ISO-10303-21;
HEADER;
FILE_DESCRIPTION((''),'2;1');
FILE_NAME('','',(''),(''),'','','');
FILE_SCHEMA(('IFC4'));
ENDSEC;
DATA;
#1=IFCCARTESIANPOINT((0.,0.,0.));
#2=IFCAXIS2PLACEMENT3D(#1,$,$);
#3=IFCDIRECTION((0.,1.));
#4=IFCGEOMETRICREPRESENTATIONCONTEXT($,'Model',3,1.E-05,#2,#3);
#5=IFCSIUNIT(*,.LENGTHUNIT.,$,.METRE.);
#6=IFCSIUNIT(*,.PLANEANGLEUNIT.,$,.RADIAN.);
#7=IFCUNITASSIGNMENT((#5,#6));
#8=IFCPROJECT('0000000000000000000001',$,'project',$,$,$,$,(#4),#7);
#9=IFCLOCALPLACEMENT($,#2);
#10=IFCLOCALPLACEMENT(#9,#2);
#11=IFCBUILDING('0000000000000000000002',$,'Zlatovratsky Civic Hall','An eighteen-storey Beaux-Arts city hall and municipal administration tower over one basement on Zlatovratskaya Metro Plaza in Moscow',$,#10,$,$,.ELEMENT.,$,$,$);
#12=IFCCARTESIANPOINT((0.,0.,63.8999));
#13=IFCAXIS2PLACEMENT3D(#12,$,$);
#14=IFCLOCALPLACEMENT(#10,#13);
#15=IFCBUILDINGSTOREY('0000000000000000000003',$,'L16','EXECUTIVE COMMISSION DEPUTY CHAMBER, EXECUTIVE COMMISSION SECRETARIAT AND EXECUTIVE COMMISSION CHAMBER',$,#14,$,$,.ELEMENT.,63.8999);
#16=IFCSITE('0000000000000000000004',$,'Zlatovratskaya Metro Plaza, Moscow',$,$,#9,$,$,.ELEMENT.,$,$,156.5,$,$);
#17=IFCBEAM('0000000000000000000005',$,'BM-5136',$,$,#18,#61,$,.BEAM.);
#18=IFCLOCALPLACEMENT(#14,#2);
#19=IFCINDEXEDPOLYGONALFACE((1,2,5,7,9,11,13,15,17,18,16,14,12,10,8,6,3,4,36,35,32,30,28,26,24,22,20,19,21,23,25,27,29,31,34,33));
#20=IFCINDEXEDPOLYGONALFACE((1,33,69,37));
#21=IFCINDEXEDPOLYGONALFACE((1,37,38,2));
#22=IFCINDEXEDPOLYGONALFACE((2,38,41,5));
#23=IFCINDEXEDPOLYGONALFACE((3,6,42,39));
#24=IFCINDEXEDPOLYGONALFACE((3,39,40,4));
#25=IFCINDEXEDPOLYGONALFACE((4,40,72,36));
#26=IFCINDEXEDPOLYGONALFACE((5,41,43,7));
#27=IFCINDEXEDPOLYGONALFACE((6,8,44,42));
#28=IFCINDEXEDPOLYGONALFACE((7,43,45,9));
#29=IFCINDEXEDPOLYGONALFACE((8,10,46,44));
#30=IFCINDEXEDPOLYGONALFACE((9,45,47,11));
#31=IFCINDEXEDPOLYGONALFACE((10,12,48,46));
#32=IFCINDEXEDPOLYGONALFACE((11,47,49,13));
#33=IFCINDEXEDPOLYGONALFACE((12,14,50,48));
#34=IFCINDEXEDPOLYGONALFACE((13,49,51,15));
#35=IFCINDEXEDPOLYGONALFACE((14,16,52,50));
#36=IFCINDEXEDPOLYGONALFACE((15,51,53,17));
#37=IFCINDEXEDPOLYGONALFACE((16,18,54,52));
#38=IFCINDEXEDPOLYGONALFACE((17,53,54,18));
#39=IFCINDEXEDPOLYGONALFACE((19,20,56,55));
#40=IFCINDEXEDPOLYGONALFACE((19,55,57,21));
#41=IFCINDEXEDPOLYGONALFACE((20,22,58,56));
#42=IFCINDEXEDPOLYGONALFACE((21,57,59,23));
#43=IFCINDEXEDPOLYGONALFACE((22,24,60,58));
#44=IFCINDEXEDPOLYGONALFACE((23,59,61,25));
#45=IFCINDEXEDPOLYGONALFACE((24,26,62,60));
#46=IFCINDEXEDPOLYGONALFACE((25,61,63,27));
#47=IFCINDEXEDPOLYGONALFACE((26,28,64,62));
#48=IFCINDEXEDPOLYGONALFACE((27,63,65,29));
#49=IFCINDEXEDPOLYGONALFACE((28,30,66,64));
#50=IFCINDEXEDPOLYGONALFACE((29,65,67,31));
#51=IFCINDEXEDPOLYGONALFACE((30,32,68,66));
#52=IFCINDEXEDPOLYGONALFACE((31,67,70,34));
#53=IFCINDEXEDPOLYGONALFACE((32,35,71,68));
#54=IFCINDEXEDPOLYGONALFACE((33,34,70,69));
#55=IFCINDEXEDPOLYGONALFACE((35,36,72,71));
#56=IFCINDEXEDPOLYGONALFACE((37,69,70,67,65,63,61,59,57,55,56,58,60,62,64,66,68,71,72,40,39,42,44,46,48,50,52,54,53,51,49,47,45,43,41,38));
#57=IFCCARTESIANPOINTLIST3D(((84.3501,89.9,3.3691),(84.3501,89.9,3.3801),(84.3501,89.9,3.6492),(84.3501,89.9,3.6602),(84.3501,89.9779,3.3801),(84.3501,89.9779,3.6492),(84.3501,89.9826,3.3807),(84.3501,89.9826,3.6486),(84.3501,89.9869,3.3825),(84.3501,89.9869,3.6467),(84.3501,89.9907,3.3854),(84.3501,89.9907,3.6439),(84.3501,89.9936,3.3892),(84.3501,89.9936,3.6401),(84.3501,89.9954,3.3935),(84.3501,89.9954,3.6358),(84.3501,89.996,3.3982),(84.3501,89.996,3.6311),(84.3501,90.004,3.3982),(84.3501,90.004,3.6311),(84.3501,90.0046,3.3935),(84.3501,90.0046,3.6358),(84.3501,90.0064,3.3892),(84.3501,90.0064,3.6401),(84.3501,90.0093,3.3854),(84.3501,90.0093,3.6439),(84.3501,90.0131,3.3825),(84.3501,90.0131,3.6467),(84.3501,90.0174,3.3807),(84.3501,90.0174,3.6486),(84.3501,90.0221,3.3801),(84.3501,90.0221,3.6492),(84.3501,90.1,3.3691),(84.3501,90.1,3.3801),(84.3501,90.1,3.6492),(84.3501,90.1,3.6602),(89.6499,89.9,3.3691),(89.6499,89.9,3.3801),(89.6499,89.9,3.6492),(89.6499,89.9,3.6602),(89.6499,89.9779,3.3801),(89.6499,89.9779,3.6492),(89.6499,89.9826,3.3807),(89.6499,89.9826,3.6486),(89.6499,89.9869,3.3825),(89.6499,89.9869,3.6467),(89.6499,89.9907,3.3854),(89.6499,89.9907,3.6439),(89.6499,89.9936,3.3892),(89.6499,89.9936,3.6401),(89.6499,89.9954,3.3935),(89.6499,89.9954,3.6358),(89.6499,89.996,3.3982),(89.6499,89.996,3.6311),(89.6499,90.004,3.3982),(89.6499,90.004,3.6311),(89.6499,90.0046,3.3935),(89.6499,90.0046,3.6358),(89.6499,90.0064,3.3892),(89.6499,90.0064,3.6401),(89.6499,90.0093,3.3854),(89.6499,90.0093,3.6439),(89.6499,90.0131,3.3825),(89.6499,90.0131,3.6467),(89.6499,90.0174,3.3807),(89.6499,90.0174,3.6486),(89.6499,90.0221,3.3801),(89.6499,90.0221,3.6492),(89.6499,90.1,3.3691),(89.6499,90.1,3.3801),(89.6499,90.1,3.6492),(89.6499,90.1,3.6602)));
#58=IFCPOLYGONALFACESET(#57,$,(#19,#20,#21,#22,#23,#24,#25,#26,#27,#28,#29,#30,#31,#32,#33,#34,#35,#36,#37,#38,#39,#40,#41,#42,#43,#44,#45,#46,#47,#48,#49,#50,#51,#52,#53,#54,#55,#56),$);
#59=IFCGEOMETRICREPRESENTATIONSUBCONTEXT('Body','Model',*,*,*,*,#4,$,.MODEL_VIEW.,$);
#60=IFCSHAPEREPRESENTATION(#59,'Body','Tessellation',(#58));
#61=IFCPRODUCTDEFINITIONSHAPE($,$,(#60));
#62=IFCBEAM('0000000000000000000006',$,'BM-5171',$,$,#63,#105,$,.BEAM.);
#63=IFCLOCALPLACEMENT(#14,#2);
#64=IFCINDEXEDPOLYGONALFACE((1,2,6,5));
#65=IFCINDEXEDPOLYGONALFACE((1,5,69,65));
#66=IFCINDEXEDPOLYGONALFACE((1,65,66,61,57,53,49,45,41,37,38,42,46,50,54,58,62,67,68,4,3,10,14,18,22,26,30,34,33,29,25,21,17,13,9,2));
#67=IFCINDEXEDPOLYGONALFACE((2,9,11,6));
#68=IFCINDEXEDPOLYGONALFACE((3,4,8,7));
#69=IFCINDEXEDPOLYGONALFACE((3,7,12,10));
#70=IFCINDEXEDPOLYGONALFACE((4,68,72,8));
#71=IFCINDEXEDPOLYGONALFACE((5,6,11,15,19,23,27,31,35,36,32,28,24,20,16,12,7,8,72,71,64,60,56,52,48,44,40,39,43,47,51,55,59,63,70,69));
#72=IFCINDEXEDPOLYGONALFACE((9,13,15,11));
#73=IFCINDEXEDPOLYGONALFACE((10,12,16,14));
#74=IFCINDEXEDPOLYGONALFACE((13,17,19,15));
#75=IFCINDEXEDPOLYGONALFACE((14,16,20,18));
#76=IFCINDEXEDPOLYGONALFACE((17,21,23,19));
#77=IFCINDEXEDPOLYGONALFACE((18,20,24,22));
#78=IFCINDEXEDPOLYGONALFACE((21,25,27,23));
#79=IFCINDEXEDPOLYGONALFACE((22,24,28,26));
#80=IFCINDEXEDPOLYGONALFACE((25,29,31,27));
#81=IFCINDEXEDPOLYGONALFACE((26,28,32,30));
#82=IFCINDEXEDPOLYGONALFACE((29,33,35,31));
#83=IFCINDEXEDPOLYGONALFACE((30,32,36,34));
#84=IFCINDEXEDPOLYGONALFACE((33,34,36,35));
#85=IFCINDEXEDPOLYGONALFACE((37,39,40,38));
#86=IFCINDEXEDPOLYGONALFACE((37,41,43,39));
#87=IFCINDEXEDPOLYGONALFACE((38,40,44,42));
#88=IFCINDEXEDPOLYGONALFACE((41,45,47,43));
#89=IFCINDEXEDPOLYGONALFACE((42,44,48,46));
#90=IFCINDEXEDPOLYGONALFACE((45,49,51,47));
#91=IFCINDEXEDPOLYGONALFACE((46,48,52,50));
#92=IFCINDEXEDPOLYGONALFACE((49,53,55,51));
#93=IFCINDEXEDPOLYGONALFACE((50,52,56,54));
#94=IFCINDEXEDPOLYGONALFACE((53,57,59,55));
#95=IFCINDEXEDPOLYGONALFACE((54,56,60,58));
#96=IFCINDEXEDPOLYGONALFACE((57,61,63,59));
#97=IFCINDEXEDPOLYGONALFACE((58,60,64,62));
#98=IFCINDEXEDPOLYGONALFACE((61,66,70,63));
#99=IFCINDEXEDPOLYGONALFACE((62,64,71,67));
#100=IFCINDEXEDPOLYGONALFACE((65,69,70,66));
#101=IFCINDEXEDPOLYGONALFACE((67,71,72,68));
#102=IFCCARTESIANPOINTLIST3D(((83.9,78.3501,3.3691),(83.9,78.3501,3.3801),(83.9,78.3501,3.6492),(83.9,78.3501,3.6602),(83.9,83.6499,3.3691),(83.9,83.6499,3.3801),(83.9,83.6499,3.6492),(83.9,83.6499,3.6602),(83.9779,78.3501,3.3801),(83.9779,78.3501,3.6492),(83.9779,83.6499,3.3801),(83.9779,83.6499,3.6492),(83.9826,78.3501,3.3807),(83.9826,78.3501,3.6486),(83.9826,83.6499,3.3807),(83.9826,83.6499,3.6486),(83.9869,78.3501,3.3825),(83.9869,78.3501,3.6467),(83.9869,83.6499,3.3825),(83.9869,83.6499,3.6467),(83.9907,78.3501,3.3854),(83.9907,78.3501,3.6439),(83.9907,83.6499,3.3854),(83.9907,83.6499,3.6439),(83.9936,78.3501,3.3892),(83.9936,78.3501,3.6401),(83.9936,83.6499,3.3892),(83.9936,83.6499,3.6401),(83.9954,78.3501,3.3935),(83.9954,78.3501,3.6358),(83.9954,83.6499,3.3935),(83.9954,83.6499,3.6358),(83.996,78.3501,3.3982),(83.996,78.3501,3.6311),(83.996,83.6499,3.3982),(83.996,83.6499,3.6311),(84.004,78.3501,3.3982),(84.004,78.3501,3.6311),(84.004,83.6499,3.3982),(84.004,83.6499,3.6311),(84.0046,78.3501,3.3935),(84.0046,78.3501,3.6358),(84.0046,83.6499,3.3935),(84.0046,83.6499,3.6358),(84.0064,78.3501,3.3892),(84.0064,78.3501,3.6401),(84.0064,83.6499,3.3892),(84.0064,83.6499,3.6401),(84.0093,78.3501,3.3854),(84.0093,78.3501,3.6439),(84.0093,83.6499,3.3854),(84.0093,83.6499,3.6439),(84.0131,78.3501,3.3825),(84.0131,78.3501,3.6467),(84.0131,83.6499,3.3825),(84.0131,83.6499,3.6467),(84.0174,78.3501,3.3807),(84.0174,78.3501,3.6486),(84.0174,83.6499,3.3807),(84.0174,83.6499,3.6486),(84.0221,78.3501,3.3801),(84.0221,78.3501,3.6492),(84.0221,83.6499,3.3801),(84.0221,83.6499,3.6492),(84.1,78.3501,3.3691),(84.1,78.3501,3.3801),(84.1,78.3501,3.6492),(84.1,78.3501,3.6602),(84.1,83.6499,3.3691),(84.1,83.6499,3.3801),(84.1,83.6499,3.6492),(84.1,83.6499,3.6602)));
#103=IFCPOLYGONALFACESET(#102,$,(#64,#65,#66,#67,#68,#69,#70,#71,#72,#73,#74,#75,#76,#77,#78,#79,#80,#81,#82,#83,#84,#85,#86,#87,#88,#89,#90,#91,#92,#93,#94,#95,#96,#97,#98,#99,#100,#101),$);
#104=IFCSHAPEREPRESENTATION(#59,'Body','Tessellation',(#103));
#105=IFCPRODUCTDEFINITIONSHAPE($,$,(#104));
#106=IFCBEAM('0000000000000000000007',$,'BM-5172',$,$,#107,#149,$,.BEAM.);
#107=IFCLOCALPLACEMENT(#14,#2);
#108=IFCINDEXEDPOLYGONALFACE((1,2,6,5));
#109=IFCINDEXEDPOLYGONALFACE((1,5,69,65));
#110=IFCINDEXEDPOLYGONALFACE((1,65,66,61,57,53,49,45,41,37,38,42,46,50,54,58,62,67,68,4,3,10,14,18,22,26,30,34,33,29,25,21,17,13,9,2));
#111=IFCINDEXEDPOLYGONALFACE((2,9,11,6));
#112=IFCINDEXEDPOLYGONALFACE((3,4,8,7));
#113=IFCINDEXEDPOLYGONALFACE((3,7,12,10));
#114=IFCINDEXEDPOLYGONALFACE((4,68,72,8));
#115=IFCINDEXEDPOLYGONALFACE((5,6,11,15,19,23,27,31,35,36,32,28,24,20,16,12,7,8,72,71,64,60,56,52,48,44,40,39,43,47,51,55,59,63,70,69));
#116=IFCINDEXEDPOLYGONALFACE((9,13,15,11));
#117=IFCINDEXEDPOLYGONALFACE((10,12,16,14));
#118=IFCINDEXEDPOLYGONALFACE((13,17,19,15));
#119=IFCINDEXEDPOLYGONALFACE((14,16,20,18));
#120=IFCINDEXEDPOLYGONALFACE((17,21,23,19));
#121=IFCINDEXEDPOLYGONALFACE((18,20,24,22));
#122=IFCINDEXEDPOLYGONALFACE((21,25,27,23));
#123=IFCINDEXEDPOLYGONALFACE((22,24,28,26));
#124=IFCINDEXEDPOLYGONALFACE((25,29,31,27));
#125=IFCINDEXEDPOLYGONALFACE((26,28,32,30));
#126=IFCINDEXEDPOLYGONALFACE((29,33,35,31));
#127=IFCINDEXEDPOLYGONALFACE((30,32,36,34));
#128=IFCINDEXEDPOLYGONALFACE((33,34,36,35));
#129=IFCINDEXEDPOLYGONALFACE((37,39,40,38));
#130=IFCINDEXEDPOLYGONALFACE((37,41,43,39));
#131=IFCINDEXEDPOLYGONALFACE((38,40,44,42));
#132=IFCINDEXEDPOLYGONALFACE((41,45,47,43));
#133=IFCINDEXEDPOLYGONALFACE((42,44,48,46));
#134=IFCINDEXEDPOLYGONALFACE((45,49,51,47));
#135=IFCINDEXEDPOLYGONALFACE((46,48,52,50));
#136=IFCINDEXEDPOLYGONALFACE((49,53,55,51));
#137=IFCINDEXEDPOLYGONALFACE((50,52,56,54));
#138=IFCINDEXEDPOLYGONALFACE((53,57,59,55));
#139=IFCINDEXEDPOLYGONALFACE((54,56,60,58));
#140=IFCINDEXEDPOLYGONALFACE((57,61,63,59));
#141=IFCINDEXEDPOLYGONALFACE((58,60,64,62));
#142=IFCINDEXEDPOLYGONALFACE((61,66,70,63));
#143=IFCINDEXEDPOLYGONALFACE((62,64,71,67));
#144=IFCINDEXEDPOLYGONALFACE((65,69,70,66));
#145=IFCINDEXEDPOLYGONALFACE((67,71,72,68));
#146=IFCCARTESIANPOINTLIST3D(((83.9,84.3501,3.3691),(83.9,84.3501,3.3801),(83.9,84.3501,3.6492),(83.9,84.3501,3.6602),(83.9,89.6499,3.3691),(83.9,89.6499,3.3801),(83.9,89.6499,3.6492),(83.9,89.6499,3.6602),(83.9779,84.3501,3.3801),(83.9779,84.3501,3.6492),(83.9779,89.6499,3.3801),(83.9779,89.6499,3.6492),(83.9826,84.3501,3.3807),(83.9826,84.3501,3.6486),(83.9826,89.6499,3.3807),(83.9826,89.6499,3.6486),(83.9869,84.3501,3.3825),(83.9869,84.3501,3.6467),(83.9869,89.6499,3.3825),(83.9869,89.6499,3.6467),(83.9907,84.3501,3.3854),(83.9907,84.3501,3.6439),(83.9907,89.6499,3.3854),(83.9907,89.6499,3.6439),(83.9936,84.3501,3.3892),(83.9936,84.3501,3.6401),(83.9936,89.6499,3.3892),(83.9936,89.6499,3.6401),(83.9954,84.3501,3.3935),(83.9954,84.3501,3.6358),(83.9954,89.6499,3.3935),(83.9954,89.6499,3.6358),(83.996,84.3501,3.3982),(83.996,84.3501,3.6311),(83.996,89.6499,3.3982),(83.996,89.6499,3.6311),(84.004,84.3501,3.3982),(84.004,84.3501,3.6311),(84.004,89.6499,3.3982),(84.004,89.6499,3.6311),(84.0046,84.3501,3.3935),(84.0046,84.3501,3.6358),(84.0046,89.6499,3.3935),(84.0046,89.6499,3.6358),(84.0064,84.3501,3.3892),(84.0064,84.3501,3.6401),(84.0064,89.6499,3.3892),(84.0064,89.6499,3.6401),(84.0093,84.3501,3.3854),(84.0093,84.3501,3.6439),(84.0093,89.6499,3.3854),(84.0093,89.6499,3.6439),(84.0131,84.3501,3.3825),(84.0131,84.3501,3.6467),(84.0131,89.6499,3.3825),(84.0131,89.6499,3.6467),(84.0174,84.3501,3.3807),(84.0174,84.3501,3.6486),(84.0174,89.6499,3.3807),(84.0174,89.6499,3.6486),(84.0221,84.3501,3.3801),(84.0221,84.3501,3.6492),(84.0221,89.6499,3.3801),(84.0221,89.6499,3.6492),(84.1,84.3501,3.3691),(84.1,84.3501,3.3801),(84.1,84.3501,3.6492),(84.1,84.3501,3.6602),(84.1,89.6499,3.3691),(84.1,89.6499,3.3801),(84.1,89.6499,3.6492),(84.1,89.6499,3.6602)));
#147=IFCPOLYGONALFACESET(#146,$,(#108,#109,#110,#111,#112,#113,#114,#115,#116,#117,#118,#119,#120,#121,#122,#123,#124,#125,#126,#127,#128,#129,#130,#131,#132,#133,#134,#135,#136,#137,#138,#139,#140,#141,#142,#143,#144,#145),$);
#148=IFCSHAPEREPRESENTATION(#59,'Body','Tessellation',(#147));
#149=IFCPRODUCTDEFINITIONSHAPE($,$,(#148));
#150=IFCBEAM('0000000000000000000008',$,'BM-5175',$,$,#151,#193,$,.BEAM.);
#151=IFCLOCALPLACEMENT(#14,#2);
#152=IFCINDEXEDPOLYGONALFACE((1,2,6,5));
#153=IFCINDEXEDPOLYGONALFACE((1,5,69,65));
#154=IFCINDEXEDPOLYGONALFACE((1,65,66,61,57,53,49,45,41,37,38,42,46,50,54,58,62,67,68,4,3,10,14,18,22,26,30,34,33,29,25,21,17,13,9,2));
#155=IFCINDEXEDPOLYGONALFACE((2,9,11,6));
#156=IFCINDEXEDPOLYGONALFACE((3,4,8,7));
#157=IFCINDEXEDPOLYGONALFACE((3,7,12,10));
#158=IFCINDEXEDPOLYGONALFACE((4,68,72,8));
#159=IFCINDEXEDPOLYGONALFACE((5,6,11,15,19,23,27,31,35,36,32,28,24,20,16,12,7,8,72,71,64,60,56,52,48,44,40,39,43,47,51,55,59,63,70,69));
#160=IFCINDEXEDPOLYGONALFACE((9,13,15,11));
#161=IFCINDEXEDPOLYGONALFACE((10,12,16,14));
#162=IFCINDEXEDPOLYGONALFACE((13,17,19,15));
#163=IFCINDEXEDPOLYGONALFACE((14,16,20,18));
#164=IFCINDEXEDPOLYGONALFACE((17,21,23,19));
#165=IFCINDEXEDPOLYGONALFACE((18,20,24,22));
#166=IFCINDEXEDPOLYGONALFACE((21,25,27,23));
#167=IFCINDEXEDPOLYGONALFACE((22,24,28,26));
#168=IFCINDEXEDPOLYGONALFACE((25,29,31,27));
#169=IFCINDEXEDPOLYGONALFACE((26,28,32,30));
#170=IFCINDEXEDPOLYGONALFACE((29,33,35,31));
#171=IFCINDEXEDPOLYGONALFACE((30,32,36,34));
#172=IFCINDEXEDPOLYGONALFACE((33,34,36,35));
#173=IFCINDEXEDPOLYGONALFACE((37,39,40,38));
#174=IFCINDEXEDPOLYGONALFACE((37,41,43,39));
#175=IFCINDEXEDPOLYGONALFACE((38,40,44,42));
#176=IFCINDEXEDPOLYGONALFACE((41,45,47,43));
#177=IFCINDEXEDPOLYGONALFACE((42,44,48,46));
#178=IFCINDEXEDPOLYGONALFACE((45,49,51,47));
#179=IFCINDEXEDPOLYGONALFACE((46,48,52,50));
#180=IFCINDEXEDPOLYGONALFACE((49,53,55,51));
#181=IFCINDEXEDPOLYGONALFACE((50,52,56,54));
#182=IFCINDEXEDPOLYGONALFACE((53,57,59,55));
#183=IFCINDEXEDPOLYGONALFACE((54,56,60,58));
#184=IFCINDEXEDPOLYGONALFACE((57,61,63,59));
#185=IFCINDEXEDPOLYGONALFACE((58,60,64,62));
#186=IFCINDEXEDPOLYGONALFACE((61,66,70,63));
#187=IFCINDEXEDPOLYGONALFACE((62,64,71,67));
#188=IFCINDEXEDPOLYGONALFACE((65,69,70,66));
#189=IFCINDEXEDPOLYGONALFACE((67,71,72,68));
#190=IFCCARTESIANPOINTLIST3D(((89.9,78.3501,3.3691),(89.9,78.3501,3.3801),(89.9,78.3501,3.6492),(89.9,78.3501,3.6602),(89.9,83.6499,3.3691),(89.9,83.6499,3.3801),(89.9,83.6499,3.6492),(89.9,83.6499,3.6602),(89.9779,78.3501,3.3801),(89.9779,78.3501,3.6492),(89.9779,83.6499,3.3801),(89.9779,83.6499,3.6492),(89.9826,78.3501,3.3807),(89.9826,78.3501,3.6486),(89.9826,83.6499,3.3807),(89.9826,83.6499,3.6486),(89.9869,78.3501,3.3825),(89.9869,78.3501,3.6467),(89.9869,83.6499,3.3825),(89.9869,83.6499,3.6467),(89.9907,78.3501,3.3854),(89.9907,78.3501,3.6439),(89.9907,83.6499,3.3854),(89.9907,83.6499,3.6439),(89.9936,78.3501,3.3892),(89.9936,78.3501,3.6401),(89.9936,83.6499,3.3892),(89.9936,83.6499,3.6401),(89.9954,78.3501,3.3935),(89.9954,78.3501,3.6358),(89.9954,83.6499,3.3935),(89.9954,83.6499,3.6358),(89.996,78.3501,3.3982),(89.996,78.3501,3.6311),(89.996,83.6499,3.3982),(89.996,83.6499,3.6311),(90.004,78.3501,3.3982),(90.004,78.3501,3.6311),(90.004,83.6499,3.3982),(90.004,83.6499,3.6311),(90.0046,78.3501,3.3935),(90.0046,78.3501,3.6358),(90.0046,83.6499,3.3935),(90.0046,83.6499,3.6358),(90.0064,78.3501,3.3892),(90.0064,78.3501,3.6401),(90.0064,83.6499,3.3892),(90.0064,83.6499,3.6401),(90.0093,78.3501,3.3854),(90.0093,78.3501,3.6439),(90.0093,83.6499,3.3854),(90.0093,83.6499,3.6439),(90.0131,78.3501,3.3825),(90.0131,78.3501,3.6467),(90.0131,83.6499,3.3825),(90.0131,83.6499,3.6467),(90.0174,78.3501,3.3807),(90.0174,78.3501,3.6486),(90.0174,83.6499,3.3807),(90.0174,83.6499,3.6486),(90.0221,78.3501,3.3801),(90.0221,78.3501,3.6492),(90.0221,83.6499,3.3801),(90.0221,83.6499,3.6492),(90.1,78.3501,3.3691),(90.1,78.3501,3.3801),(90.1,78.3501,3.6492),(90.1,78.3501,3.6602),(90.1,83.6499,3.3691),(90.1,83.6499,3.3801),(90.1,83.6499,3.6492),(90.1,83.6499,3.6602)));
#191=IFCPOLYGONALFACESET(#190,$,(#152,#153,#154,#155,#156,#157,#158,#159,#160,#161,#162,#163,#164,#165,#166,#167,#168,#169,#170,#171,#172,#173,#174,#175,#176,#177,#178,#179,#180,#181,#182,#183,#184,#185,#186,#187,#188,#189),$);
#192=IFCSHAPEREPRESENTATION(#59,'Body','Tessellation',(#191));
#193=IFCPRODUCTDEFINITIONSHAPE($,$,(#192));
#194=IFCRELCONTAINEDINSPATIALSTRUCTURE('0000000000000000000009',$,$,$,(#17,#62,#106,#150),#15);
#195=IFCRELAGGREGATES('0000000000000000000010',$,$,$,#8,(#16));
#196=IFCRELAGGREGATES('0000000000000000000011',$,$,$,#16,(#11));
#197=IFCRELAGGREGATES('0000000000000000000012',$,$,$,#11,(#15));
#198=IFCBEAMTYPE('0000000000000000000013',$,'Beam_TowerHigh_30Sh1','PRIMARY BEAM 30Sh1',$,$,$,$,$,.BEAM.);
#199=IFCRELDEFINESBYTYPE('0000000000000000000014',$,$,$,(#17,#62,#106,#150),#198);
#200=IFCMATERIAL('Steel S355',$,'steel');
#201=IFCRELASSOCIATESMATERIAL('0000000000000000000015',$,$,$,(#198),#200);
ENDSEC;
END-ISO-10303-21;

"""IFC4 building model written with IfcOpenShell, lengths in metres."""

from ifc_helpers import new_model, si_unit, direction, frame, origin, origin_2d, place, context, subcontext, project, spatial, i_section, extrude, material, material_profile, profile_set, type_object, element, save


model = new_model("IFC4")

# Units and contexts
model_context = context("Model", 3, precision=1e-05, world=origin(), true_north=direction((0.0, 1.0)))
body_context = subcontext(model_context, "Body", "Model", "MODEL_VIEW")
ifc_project = project(units=[si_unit("LENGTHUNIT", "METRE"), si_unit("PLANEANGLEUNIT", "RADIAN")], contexts=[model_context])

# Site, building, storey
site_placement = place(None, origin())
site = spatial("IfcSite", under=ifc_project, at=site_placement, Name="Zlatovratskaya Metro Plaza, Moscow", CompositionType="ELEMENT", RefElevation=156.5)
building_placement = place(site_placement, origin())
building = spatial("IfcBuilding", under=site, at=building_placement, Name="Zlatovratsky Civic Hall", Description="An eighteen-storey Beaux-Arts city hall and municipal administration tower over one basement on Zlatovratskaya Metro Plaza in Moscow", CompositionType="ELEMENT")
storey_placement = place(building_placement, frame((0.0, 0.0, 63.8999)))
storey = spatial("IfcBuildingStorey", under=building, at=storey_placement, Name="L16", Description="EXECUTIVE COMMISSION DEPUTY CHAMBER, EXECUTIVE COMMISSION SECRETARIAT AND EXECUTIVE COMMISSION CHAMBER", CompositionType="ELEMENT", Elevation=63.8999)

# Beams
ifc_material_1 = material(Name="Steel S355", Category="steel")
ifc_material_profile_1 = material_profile(ifc_material_1, i_section(OverallWidth=0.2, OverallDepth=0.291, WebThickness=0.0081, FlangeThickness=0.011, FilletRadius=0.0181, at=origin_2d()), Name="30Sh1")
ifc_profile_set_1 = profile_set([ifc_material_profile_1], Name="Steel S355")
beam_type_1 = type_object("IfcBeamType", Name="Beam_TowerHigh_30Sh1", Description="PRIMARY BEAM 30Sh1", PredefinedType="BEAM", material=ifc_profile_set_1)
for number, where, z_axis, x_axis, name in (
    (1, (84.3501, 90.0, 3.5146), (1.0, 0.0, 0.0), (0.0, 1.0, 0.0), "BM-5136"),
    (2, (84.0, 78.3501, 3.5146), (0.0, 1.0, 0.0), (-1.0, 0.0, 0.0), "BM-5171"),
    (3, (84.0, 84.3501, 3.5146), (0.0, 1.0, 0.0), (-1.0, 0.0, 0.0), "BM-5172"),
    (4, (90.0, 78.3501, 3.5146), (0.0, 1.0, 0.0), (-1.0, 0.0, 0.0), "BM-5175"),
):
    element("IfcBeam", number, at=place(storey_placement, frame(where, z_axis=z_axis, x_axis=x_axis)), inside=storey, type_object=beam_type_1, Name=name, PredefinedType="BEAM", context=body_context, shape_type="SweptSolid", body=[
        extrude(i_section(OverallWidth=0.2, OverallDepth=0.291, WebThickness=0.0081, FlangeThickness=0.011, FilletRadius=0.0181, at=origin_2d()), origin(), (0.0, 0.0, 1.0), 5.2998),
    ])

save(model, "model.ifc")
